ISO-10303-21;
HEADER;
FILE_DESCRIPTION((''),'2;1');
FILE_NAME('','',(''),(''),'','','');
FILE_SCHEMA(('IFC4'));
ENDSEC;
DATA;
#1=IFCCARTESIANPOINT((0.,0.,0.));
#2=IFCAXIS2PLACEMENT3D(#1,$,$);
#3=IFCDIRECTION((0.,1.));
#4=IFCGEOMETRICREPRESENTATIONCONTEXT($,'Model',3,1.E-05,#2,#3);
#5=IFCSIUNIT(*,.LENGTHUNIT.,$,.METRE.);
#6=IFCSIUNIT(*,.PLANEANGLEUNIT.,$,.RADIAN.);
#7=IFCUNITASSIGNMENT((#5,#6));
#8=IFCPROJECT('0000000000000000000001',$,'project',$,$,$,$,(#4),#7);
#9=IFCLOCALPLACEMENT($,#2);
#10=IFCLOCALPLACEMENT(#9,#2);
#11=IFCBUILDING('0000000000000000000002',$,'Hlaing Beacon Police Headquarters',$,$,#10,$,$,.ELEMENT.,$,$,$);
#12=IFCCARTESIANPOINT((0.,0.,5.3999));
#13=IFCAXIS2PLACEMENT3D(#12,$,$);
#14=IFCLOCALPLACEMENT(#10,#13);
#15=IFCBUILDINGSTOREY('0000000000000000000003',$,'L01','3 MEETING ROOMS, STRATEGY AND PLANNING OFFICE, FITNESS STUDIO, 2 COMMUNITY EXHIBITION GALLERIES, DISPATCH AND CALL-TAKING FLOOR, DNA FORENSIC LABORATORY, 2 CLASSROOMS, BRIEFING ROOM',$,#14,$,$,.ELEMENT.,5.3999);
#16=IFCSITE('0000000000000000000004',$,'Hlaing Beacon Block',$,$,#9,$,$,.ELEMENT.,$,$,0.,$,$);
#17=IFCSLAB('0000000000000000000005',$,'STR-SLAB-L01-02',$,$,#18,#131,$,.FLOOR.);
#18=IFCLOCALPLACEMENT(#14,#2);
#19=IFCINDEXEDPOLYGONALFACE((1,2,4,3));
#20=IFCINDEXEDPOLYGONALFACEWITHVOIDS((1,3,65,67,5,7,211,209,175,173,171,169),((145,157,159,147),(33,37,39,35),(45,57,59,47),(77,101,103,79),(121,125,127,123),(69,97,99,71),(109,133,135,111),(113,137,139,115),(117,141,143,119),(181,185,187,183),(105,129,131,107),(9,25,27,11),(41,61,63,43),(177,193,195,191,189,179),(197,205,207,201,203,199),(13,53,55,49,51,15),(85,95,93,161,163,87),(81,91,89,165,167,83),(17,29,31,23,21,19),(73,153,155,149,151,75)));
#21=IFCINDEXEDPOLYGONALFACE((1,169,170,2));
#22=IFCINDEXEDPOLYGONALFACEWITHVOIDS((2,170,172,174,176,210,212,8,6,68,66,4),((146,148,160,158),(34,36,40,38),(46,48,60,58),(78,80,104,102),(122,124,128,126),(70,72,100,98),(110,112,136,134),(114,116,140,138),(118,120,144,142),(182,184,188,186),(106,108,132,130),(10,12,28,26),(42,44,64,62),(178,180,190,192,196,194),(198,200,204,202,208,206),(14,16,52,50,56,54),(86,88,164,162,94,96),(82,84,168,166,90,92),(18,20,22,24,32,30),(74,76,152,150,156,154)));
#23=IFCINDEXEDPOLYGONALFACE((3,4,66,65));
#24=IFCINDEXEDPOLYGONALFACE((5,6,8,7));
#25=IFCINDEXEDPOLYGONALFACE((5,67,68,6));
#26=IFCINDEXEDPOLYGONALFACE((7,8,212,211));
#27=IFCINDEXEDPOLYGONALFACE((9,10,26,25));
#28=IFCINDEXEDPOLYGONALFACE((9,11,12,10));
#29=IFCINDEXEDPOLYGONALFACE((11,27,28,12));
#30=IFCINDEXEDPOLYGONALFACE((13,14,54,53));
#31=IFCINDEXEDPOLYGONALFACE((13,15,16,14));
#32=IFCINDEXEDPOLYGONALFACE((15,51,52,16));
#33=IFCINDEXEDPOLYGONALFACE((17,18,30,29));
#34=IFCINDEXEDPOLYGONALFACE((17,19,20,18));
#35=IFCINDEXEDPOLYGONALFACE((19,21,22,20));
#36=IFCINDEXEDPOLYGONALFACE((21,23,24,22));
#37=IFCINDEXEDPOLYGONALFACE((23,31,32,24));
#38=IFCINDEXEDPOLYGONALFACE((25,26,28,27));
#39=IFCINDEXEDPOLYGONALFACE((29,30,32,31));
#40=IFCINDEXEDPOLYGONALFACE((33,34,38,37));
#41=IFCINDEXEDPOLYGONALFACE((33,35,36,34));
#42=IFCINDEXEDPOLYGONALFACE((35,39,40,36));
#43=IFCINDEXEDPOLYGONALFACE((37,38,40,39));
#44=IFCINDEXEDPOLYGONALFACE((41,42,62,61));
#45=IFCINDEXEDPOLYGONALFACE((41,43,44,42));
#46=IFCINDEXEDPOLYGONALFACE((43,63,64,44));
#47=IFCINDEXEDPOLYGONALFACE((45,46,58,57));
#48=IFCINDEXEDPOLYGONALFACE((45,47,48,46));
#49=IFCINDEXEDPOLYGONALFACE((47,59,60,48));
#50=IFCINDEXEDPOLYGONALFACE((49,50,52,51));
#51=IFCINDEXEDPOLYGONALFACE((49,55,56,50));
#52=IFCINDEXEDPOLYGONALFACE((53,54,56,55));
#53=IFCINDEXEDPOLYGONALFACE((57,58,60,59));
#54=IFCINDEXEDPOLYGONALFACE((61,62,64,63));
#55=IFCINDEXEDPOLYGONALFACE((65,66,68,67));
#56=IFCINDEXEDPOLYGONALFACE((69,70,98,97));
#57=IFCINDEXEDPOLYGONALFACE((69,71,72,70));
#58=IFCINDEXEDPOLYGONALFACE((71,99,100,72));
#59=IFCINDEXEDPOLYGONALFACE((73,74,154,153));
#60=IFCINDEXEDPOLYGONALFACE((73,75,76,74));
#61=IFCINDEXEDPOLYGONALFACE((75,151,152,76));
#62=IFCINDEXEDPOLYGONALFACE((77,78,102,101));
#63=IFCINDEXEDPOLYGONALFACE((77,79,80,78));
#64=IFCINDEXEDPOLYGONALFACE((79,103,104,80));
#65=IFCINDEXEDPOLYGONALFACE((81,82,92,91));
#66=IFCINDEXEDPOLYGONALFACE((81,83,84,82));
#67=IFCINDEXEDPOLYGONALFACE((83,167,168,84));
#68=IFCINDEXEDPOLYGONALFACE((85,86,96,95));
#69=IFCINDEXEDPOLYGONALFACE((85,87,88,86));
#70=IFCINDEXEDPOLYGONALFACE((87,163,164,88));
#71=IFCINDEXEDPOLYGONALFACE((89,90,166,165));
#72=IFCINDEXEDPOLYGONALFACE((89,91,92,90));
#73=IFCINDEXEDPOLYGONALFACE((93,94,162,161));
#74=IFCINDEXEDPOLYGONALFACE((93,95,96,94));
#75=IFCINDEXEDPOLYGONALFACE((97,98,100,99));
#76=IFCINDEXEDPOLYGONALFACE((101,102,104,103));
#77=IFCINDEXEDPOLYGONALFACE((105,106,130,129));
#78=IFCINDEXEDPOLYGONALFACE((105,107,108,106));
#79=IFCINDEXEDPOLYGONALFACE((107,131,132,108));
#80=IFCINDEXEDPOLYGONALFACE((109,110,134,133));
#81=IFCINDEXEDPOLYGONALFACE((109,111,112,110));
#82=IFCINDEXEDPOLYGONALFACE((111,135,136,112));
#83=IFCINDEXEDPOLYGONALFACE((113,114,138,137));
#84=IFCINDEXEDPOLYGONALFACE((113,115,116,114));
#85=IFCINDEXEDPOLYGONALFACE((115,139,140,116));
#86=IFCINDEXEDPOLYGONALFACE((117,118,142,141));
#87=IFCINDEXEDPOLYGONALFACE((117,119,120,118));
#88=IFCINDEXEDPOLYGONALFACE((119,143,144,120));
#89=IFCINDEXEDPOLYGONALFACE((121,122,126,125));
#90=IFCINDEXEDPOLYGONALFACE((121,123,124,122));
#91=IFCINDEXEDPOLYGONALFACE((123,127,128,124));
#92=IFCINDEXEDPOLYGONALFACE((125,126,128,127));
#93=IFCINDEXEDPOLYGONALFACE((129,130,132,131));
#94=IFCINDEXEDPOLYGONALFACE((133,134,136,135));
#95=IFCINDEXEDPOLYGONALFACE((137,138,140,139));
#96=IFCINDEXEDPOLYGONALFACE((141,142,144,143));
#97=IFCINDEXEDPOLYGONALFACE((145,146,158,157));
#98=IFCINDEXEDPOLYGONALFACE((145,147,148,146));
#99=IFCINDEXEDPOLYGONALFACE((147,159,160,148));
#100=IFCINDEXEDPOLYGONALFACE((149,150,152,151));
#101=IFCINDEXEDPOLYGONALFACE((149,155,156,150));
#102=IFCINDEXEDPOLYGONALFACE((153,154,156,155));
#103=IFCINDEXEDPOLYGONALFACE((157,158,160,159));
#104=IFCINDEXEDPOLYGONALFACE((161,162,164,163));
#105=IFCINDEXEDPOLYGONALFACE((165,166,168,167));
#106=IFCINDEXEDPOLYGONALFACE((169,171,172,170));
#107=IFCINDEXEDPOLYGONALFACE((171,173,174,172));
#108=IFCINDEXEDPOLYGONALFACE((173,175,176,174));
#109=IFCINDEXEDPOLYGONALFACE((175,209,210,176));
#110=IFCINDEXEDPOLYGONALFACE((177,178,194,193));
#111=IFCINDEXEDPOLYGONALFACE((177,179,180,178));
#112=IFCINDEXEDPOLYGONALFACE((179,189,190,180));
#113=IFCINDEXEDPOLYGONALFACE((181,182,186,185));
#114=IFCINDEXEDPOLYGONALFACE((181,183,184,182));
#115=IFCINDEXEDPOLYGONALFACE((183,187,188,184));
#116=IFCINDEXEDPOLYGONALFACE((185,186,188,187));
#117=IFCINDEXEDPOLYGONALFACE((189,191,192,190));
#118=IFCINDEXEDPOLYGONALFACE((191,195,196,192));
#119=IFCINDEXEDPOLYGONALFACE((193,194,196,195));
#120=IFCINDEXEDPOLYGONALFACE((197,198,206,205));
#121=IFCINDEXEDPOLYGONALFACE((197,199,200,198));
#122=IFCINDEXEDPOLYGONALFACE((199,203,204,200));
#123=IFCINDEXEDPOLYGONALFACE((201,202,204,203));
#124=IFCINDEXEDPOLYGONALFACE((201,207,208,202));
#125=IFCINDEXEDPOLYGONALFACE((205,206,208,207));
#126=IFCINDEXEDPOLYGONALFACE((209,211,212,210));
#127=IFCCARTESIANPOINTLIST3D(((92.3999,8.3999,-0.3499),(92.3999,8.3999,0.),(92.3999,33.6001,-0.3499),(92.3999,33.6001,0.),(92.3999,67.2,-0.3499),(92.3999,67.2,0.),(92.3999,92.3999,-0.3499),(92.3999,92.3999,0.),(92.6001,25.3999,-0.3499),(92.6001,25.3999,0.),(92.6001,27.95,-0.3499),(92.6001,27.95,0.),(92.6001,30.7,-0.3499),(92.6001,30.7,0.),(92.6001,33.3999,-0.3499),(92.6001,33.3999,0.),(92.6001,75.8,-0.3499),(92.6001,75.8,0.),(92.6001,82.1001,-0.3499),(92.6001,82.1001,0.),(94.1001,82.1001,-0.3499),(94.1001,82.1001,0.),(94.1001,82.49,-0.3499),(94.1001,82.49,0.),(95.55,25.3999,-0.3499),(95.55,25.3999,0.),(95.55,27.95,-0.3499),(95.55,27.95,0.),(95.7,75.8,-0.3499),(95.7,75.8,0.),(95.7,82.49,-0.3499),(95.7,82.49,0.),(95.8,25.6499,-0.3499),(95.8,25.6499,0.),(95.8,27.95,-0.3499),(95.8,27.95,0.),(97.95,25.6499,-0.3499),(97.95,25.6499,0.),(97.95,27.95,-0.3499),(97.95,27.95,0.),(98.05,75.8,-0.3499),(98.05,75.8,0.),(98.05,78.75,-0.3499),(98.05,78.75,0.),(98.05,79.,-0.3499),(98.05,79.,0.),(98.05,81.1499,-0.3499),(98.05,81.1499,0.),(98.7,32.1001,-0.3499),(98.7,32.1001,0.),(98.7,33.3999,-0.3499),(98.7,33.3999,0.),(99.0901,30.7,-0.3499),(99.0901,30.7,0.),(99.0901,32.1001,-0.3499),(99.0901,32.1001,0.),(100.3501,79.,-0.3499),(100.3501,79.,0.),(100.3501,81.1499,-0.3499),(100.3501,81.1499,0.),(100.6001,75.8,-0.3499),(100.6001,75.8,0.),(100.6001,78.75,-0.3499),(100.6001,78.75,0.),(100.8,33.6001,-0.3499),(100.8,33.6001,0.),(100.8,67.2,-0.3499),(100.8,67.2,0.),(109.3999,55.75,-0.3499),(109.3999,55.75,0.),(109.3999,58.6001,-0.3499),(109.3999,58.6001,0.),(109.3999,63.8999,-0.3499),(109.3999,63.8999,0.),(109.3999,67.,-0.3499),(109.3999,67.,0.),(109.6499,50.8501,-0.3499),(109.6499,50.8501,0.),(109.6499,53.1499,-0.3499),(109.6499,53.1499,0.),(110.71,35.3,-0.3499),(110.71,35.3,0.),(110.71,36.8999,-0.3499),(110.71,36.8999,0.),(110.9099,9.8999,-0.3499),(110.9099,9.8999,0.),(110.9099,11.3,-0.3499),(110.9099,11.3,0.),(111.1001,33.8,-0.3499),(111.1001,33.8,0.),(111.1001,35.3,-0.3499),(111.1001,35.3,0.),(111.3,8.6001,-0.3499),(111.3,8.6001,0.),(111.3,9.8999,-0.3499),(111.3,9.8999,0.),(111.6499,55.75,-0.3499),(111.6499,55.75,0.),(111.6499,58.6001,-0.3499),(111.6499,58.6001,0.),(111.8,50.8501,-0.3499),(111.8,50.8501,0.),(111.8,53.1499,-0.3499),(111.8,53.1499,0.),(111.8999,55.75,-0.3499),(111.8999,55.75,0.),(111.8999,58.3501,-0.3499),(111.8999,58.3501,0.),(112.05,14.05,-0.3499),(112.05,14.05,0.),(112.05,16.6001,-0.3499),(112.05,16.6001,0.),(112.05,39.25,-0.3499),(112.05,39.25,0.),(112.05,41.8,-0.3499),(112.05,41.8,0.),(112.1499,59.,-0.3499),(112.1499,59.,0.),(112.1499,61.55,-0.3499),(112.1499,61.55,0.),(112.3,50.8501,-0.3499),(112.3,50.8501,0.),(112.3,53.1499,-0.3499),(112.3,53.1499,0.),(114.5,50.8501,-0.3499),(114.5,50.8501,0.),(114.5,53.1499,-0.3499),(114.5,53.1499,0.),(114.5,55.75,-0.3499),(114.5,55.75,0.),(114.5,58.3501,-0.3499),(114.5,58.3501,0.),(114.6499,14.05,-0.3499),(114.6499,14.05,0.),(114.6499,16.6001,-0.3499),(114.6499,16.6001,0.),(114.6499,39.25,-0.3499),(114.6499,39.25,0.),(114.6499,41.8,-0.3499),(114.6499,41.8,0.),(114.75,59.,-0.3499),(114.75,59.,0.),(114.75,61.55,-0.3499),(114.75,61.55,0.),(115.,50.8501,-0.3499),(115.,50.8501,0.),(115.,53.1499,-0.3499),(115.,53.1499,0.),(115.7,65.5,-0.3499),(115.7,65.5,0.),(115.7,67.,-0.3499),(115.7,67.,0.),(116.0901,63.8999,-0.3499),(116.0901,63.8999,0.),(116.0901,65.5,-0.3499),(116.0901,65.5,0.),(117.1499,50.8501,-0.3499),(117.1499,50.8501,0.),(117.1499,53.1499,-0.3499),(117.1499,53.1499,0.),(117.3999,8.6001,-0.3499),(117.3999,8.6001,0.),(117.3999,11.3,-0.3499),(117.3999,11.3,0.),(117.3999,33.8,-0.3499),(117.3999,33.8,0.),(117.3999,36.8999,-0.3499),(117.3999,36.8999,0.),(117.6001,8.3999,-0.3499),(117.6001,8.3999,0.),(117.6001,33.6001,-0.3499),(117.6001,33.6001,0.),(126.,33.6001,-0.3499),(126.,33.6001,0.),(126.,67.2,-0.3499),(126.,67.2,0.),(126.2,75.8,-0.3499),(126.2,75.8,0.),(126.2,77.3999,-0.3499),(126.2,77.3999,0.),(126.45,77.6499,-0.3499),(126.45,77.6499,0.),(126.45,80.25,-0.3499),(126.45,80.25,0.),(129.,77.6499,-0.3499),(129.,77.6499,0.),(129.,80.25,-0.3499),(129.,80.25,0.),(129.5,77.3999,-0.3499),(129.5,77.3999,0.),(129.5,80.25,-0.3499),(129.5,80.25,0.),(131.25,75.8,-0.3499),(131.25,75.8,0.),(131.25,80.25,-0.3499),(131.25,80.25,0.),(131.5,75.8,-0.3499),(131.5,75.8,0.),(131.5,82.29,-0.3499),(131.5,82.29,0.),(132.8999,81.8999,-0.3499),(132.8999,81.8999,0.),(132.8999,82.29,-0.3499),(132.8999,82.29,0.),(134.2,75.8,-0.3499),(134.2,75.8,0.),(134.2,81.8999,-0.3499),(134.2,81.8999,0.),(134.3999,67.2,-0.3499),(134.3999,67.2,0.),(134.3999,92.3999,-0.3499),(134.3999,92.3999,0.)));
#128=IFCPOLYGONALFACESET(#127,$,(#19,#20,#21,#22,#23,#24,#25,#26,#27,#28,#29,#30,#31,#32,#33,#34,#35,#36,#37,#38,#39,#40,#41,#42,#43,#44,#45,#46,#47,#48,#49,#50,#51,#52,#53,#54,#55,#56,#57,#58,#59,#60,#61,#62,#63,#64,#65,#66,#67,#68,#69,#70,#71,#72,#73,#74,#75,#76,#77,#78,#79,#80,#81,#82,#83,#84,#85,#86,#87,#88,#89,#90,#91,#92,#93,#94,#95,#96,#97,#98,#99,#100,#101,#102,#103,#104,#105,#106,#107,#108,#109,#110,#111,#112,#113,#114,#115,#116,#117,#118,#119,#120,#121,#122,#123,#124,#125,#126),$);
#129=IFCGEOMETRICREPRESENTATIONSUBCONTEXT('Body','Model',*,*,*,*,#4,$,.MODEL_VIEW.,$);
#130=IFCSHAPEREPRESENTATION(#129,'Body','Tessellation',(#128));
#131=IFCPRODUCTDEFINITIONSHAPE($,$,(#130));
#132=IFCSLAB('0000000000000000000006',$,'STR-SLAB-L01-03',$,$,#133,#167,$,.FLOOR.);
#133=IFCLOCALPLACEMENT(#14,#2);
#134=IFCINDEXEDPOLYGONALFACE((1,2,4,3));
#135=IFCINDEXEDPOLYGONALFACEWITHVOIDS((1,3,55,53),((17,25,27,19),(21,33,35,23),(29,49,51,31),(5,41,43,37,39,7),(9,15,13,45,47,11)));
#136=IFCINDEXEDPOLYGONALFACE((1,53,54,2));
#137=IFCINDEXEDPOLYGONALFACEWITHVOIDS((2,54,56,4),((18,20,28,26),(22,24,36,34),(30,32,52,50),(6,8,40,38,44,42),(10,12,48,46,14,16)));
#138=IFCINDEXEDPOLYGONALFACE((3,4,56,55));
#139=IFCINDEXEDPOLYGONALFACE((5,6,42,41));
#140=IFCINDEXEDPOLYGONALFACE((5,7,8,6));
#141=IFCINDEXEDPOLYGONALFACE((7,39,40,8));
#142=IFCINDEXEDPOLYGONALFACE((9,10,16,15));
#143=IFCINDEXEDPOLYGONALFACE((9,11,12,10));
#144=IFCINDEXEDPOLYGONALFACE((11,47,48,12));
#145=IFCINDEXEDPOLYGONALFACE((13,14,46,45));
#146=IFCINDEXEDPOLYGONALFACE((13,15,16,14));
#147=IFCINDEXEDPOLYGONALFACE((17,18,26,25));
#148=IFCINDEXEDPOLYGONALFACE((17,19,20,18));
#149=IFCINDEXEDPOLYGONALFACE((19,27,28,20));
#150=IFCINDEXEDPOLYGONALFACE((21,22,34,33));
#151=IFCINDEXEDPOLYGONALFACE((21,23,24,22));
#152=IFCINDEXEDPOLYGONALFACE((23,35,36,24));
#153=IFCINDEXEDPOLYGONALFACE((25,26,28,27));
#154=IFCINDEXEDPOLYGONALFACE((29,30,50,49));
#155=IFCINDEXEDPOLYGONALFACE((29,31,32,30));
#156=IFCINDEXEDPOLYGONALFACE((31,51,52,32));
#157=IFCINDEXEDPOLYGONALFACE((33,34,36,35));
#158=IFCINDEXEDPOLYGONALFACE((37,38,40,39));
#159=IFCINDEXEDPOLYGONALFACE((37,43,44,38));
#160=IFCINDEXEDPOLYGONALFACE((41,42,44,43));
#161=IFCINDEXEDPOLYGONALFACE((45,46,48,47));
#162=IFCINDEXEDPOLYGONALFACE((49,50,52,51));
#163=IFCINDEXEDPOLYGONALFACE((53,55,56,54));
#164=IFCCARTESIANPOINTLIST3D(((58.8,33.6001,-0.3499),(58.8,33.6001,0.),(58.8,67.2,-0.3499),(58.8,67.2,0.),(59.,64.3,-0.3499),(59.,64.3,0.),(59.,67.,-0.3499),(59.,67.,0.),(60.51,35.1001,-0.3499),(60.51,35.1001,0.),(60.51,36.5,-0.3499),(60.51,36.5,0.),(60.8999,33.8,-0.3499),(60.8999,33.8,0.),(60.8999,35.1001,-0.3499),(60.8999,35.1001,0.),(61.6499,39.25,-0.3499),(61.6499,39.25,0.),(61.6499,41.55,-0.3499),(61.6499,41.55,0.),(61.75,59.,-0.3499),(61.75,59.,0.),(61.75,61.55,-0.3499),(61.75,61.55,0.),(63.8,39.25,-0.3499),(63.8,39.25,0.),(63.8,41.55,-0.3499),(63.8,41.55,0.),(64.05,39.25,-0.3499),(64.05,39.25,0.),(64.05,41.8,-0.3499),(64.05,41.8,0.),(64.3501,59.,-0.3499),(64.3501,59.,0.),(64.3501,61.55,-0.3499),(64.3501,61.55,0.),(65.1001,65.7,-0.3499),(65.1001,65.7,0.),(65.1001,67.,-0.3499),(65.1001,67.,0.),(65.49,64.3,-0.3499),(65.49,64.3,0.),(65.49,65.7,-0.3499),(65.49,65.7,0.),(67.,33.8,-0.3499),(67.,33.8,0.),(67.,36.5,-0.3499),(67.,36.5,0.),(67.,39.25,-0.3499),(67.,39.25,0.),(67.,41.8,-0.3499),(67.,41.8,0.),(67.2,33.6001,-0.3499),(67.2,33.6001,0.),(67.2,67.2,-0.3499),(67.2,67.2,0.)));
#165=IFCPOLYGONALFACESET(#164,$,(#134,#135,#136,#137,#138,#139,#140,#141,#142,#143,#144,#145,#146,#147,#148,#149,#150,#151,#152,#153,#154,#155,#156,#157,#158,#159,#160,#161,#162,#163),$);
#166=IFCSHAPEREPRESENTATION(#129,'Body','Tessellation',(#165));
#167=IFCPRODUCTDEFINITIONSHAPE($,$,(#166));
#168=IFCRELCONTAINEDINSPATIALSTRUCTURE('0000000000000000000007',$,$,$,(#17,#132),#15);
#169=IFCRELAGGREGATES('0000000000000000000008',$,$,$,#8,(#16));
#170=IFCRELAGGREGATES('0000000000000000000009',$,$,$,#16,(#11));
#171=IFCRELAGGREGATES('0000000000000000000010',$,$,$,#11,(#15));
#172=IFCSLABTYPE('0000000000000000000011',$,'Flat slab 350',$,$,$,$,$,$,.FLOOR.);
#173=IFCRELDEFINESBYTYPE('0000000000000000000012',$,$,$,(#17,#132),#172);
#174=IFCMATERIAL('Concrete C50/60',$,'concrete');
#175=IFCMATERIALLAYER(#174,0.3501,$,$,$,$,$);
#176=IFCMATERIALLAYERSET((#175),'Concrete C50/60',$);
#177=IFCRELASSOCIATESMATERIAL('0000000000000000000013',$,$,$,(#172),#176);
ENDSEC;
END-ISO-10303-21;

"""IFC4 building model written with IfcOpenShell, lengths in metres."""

from ifc_helpers import new_model, si_unit, direction, frame, origin, place, context, subcontext, project, spatial, polyline, outline, extrude, material, layer, layer_set, type_object, element, save


model = new_model("IFC4")

# Units and contexts
model_context = context("Model", 3, precision=1e-05, world=origin(), true_north=direction((0.0, 1.0)))
body_context = subcontext(model_context, "Body", "Model", "MODEL_VIEW")
ifc_project = project(units=[si_unit("LENGTHUNIT", "METRE"), si_unit("PLANEANGLEUNIT", "RADIAN")], contexts=[model_context])

# Site, building, storey
site_placement = place(None, origin())
site = spatial("IfcSite", under=ifc_project, at=site_placement, Name="Hlaing Beacon Block", CompositionType="ELEMENT", RefElevation=0.0)
building_placement = place(site_placement, origin())
building = spatial("IfcBuilding", under=site, at=building_placement, Name="Hlaing Beacon Police Headquarters", CompositionType="ELEMENT")
storey_placement = place(building_placement, frame((0.0, 0.0, 5.3999)))
storey = spatial("IfcBuildingStorey", under=building, at=storey_placement, Name="L01", Description="3 MEETING ROOMS, STRATEGY AND PLANNING OFFICE, FITNESS STUDIO, 2 COMMUNITY EXHIBITION GALLERIES, DISPATCH AND CALL-TAKING FLOOR, DNA FORENSIC LABORATORY, 2 CLASSROOMS, BRIEFING ROOM", CompositionType="ELEMENT", Elevation=5.3999)

# Slabs
ifc_material_1 = material(Name="Concrete C50/60", Category="concrete")
ifc_layer_1 = layer(ifc_material_1, 0.3501)
ifc_layer_set_1 = layer_set([ifc_layer_1], Name="Concrete C50/60")
slab_type_1 = type_object("IfcSlabType", Name="Flat slab 350", PredefinedType="FLOOR", material=ifc_layer_set_1)
slab_1_placement = place(storey_placement, frame((0.0, 0.0, -0.3499)))
element("IfcSlab", 1, at=slab_1_placement, inside=storey, type_object=slab_type_1, Name="STR-SLAB-L01-02", PredefinedType="FLOOR", context=body_context, shape_type="SweptSolid", body=[
    extrude(outline(polyline([(92.3999, 8.3999), (117.6001, 8.3999), (117.6001, 33.6001), (126.0, 33.6001), (126.0, 67.2), (134.3999, 67.2), (134.3999, 92.3999), (92.3999, 92.3999), (92.3999, 67.2), (100.8, 67.2), (100.8, 33.6001), (92.3999, 33.6001), (92.3999, 8.3999)]), holes=[polyline([(92.6001, 25.3999), (95.55, 25.3999), (95.55, 27.95), (92.6001, 27.95), (92.6001, 25.3999)]), polyline([(92.6001, 30.7), (99.0901, 30.7), (99.0901, 32.1001), (98.7, 32.1001), (98.7, 33.3999), (92.6001, 33.3999), (92.6001, 30.7)]), polyline([(92.6001, 75.8), (95.7, 75.8), (95.7, 82.49), (94.1001, 82.49), (94.1001, 82.1001), (92.6001, 82.1001), (92.6001, 75.8)]), polyline([(95.8, 25.6499), (97.95, 25.6499), (97.95, 27.95), (95.8, 27.95), (95.8, 25.6499)]), polyline([(98.05, 75.8), (100.6001, 75.8), (100.6001, 78.75), (98.05, 78.75), (98.05, 75.8)]), polyline([(98.05, 79.0), (100.3501, 79.0), (100.3501, 81.1499), (98.05, 81.1499), (98.05, 79.0)]), polyline([(109.3999, 55.75), (111.6499, 55.75), (111.6499, 58.6001), (109.3999, 58.6001), (109.3999, 55.75)]), polyline([(109.3999, 63.8999), (116.0901, 63.8999), (116.0901, 65.5), (115.7, 65.5), (115.7, 67.0), (109.3999, 67.0), (109.3999, 63.8999)]), polyline([(109.6499, 50.8501), (111.8, 50.8501), (111.8, 53.1499), (109.6499, 53.1499), (109.6499, 50.8501)]), polyline([(111.1001, 33.8), (117.3999, 33.8), (117.3999, 36.8999), (110.71, 36.8999), (110.71, 35.3), (111.1001, 35.3), (111.1001, 33.8)]), polyline([(111.3, 8.6001), (117.3999, 8.6001), (117.3999, 11.3), (110.9099, 11.3), (110.9099, 9.8999), (111.3, 9.8999), (111.3, 8.6001)]), polyline([(111.8999, 55.75), (114.5, 55.75), (114.5, 58.3501), (111.8999, 58.3501), (111.8999, 55.75)]), polyline([(112.05, 14.05), (114.6499, 14.05), (114.6499, 16.6001), (112.05, 16.6001), (112.05, 14.05)]), polyline([(112.05, 39.25), (114.6499, 39.25), (114.6499, 41.8), (112.05, 41.8), (112.05, 39.25)]), polyline([(112.1499, 59.0), (114.75, 59.0), (114.75, 61.55), (112.1499, 61.55), (112.1499, 59.0)]), polyline([(112.3, 50.8501), (114.5, 50.8501), (114.5, 53.1499), (112.3, 53.1499), (112.3, 50.8501)]), polyline([(115.0, 50.8501), (117.1499, 50.8501), (117.1499, 53.1499), (115.0, 53.1499), (115.0, 50.8501)]), polyline([(126.2, 75.8), (131.25, 75.8), (131.25, 80.25), (129.5, 80.25), (129.5, 77.3999), (126.2, 77.3999), (126.2, 75.8)]), polyline([(126.45, 77.6499), (129.0, 77.6499), (129.0, 80.25), (126.45, 80.25), (126.45, 77.6499)]), polyline([(131.5, 75.8), (134.2, 75.8), (134.2, 81.8999), (132.8999, 81.8999), (132.8999, 82.29), (131.5, 82.29), (131.5, 75.8)])]), origin(), (0.0, 0.0, 1.0), 0.3499),
])
slab_2_placement = place(storey_placement, frame((0.0, 0.0, -0.3499)))
element("IfcSlab", 2, at=slab_2_placement, inside=storey, type_object=slab_type_1, Name="STR-SLAB-L01-03", PredefinedType="FLOOR", context=body_context, shape_type="SweptSolid", body=[
    extrude(outline(polyline([(58.8, 33.6001), (67.2, 33.6001), (67.2, 67.2), (58.8, 67.2), (58.8, 33.6001)]), holes=[polyline([(59.0, 64.3), (65.49, 64.3), (65.49, 65.7), (65.1001, 65.7), (65.1001, 67.0), (59.0, 67.0), (59.0, 64.3)]), polyline([(60.8999, 33.8), (67.0, 33.8), (67.0, 36.5), (60.51, 36.5), (60.51, 35.1001), (60.8999, 35.1001), (60.8999, 33.8)]), polyline([(61.6499, 39.25), (63.8, 39.25), (63.8, 41.55), (61.6499, 41.55), (61.6499, 39.25)]), polyline([(61.75, 59.0), (64.3501, 59.0), (64.3501, 61.55), (61.75, 61.55), (61.75, 59.0)]), polyline([(64.05, 39.25), (67.0, 39.25), (67.0, 41.8), (64.05, 41.8), (64.05, 39.25)])]), origin(), (0.0, 0.0, 1.0), 0.3499),
])

save(model, "model.ifc")
